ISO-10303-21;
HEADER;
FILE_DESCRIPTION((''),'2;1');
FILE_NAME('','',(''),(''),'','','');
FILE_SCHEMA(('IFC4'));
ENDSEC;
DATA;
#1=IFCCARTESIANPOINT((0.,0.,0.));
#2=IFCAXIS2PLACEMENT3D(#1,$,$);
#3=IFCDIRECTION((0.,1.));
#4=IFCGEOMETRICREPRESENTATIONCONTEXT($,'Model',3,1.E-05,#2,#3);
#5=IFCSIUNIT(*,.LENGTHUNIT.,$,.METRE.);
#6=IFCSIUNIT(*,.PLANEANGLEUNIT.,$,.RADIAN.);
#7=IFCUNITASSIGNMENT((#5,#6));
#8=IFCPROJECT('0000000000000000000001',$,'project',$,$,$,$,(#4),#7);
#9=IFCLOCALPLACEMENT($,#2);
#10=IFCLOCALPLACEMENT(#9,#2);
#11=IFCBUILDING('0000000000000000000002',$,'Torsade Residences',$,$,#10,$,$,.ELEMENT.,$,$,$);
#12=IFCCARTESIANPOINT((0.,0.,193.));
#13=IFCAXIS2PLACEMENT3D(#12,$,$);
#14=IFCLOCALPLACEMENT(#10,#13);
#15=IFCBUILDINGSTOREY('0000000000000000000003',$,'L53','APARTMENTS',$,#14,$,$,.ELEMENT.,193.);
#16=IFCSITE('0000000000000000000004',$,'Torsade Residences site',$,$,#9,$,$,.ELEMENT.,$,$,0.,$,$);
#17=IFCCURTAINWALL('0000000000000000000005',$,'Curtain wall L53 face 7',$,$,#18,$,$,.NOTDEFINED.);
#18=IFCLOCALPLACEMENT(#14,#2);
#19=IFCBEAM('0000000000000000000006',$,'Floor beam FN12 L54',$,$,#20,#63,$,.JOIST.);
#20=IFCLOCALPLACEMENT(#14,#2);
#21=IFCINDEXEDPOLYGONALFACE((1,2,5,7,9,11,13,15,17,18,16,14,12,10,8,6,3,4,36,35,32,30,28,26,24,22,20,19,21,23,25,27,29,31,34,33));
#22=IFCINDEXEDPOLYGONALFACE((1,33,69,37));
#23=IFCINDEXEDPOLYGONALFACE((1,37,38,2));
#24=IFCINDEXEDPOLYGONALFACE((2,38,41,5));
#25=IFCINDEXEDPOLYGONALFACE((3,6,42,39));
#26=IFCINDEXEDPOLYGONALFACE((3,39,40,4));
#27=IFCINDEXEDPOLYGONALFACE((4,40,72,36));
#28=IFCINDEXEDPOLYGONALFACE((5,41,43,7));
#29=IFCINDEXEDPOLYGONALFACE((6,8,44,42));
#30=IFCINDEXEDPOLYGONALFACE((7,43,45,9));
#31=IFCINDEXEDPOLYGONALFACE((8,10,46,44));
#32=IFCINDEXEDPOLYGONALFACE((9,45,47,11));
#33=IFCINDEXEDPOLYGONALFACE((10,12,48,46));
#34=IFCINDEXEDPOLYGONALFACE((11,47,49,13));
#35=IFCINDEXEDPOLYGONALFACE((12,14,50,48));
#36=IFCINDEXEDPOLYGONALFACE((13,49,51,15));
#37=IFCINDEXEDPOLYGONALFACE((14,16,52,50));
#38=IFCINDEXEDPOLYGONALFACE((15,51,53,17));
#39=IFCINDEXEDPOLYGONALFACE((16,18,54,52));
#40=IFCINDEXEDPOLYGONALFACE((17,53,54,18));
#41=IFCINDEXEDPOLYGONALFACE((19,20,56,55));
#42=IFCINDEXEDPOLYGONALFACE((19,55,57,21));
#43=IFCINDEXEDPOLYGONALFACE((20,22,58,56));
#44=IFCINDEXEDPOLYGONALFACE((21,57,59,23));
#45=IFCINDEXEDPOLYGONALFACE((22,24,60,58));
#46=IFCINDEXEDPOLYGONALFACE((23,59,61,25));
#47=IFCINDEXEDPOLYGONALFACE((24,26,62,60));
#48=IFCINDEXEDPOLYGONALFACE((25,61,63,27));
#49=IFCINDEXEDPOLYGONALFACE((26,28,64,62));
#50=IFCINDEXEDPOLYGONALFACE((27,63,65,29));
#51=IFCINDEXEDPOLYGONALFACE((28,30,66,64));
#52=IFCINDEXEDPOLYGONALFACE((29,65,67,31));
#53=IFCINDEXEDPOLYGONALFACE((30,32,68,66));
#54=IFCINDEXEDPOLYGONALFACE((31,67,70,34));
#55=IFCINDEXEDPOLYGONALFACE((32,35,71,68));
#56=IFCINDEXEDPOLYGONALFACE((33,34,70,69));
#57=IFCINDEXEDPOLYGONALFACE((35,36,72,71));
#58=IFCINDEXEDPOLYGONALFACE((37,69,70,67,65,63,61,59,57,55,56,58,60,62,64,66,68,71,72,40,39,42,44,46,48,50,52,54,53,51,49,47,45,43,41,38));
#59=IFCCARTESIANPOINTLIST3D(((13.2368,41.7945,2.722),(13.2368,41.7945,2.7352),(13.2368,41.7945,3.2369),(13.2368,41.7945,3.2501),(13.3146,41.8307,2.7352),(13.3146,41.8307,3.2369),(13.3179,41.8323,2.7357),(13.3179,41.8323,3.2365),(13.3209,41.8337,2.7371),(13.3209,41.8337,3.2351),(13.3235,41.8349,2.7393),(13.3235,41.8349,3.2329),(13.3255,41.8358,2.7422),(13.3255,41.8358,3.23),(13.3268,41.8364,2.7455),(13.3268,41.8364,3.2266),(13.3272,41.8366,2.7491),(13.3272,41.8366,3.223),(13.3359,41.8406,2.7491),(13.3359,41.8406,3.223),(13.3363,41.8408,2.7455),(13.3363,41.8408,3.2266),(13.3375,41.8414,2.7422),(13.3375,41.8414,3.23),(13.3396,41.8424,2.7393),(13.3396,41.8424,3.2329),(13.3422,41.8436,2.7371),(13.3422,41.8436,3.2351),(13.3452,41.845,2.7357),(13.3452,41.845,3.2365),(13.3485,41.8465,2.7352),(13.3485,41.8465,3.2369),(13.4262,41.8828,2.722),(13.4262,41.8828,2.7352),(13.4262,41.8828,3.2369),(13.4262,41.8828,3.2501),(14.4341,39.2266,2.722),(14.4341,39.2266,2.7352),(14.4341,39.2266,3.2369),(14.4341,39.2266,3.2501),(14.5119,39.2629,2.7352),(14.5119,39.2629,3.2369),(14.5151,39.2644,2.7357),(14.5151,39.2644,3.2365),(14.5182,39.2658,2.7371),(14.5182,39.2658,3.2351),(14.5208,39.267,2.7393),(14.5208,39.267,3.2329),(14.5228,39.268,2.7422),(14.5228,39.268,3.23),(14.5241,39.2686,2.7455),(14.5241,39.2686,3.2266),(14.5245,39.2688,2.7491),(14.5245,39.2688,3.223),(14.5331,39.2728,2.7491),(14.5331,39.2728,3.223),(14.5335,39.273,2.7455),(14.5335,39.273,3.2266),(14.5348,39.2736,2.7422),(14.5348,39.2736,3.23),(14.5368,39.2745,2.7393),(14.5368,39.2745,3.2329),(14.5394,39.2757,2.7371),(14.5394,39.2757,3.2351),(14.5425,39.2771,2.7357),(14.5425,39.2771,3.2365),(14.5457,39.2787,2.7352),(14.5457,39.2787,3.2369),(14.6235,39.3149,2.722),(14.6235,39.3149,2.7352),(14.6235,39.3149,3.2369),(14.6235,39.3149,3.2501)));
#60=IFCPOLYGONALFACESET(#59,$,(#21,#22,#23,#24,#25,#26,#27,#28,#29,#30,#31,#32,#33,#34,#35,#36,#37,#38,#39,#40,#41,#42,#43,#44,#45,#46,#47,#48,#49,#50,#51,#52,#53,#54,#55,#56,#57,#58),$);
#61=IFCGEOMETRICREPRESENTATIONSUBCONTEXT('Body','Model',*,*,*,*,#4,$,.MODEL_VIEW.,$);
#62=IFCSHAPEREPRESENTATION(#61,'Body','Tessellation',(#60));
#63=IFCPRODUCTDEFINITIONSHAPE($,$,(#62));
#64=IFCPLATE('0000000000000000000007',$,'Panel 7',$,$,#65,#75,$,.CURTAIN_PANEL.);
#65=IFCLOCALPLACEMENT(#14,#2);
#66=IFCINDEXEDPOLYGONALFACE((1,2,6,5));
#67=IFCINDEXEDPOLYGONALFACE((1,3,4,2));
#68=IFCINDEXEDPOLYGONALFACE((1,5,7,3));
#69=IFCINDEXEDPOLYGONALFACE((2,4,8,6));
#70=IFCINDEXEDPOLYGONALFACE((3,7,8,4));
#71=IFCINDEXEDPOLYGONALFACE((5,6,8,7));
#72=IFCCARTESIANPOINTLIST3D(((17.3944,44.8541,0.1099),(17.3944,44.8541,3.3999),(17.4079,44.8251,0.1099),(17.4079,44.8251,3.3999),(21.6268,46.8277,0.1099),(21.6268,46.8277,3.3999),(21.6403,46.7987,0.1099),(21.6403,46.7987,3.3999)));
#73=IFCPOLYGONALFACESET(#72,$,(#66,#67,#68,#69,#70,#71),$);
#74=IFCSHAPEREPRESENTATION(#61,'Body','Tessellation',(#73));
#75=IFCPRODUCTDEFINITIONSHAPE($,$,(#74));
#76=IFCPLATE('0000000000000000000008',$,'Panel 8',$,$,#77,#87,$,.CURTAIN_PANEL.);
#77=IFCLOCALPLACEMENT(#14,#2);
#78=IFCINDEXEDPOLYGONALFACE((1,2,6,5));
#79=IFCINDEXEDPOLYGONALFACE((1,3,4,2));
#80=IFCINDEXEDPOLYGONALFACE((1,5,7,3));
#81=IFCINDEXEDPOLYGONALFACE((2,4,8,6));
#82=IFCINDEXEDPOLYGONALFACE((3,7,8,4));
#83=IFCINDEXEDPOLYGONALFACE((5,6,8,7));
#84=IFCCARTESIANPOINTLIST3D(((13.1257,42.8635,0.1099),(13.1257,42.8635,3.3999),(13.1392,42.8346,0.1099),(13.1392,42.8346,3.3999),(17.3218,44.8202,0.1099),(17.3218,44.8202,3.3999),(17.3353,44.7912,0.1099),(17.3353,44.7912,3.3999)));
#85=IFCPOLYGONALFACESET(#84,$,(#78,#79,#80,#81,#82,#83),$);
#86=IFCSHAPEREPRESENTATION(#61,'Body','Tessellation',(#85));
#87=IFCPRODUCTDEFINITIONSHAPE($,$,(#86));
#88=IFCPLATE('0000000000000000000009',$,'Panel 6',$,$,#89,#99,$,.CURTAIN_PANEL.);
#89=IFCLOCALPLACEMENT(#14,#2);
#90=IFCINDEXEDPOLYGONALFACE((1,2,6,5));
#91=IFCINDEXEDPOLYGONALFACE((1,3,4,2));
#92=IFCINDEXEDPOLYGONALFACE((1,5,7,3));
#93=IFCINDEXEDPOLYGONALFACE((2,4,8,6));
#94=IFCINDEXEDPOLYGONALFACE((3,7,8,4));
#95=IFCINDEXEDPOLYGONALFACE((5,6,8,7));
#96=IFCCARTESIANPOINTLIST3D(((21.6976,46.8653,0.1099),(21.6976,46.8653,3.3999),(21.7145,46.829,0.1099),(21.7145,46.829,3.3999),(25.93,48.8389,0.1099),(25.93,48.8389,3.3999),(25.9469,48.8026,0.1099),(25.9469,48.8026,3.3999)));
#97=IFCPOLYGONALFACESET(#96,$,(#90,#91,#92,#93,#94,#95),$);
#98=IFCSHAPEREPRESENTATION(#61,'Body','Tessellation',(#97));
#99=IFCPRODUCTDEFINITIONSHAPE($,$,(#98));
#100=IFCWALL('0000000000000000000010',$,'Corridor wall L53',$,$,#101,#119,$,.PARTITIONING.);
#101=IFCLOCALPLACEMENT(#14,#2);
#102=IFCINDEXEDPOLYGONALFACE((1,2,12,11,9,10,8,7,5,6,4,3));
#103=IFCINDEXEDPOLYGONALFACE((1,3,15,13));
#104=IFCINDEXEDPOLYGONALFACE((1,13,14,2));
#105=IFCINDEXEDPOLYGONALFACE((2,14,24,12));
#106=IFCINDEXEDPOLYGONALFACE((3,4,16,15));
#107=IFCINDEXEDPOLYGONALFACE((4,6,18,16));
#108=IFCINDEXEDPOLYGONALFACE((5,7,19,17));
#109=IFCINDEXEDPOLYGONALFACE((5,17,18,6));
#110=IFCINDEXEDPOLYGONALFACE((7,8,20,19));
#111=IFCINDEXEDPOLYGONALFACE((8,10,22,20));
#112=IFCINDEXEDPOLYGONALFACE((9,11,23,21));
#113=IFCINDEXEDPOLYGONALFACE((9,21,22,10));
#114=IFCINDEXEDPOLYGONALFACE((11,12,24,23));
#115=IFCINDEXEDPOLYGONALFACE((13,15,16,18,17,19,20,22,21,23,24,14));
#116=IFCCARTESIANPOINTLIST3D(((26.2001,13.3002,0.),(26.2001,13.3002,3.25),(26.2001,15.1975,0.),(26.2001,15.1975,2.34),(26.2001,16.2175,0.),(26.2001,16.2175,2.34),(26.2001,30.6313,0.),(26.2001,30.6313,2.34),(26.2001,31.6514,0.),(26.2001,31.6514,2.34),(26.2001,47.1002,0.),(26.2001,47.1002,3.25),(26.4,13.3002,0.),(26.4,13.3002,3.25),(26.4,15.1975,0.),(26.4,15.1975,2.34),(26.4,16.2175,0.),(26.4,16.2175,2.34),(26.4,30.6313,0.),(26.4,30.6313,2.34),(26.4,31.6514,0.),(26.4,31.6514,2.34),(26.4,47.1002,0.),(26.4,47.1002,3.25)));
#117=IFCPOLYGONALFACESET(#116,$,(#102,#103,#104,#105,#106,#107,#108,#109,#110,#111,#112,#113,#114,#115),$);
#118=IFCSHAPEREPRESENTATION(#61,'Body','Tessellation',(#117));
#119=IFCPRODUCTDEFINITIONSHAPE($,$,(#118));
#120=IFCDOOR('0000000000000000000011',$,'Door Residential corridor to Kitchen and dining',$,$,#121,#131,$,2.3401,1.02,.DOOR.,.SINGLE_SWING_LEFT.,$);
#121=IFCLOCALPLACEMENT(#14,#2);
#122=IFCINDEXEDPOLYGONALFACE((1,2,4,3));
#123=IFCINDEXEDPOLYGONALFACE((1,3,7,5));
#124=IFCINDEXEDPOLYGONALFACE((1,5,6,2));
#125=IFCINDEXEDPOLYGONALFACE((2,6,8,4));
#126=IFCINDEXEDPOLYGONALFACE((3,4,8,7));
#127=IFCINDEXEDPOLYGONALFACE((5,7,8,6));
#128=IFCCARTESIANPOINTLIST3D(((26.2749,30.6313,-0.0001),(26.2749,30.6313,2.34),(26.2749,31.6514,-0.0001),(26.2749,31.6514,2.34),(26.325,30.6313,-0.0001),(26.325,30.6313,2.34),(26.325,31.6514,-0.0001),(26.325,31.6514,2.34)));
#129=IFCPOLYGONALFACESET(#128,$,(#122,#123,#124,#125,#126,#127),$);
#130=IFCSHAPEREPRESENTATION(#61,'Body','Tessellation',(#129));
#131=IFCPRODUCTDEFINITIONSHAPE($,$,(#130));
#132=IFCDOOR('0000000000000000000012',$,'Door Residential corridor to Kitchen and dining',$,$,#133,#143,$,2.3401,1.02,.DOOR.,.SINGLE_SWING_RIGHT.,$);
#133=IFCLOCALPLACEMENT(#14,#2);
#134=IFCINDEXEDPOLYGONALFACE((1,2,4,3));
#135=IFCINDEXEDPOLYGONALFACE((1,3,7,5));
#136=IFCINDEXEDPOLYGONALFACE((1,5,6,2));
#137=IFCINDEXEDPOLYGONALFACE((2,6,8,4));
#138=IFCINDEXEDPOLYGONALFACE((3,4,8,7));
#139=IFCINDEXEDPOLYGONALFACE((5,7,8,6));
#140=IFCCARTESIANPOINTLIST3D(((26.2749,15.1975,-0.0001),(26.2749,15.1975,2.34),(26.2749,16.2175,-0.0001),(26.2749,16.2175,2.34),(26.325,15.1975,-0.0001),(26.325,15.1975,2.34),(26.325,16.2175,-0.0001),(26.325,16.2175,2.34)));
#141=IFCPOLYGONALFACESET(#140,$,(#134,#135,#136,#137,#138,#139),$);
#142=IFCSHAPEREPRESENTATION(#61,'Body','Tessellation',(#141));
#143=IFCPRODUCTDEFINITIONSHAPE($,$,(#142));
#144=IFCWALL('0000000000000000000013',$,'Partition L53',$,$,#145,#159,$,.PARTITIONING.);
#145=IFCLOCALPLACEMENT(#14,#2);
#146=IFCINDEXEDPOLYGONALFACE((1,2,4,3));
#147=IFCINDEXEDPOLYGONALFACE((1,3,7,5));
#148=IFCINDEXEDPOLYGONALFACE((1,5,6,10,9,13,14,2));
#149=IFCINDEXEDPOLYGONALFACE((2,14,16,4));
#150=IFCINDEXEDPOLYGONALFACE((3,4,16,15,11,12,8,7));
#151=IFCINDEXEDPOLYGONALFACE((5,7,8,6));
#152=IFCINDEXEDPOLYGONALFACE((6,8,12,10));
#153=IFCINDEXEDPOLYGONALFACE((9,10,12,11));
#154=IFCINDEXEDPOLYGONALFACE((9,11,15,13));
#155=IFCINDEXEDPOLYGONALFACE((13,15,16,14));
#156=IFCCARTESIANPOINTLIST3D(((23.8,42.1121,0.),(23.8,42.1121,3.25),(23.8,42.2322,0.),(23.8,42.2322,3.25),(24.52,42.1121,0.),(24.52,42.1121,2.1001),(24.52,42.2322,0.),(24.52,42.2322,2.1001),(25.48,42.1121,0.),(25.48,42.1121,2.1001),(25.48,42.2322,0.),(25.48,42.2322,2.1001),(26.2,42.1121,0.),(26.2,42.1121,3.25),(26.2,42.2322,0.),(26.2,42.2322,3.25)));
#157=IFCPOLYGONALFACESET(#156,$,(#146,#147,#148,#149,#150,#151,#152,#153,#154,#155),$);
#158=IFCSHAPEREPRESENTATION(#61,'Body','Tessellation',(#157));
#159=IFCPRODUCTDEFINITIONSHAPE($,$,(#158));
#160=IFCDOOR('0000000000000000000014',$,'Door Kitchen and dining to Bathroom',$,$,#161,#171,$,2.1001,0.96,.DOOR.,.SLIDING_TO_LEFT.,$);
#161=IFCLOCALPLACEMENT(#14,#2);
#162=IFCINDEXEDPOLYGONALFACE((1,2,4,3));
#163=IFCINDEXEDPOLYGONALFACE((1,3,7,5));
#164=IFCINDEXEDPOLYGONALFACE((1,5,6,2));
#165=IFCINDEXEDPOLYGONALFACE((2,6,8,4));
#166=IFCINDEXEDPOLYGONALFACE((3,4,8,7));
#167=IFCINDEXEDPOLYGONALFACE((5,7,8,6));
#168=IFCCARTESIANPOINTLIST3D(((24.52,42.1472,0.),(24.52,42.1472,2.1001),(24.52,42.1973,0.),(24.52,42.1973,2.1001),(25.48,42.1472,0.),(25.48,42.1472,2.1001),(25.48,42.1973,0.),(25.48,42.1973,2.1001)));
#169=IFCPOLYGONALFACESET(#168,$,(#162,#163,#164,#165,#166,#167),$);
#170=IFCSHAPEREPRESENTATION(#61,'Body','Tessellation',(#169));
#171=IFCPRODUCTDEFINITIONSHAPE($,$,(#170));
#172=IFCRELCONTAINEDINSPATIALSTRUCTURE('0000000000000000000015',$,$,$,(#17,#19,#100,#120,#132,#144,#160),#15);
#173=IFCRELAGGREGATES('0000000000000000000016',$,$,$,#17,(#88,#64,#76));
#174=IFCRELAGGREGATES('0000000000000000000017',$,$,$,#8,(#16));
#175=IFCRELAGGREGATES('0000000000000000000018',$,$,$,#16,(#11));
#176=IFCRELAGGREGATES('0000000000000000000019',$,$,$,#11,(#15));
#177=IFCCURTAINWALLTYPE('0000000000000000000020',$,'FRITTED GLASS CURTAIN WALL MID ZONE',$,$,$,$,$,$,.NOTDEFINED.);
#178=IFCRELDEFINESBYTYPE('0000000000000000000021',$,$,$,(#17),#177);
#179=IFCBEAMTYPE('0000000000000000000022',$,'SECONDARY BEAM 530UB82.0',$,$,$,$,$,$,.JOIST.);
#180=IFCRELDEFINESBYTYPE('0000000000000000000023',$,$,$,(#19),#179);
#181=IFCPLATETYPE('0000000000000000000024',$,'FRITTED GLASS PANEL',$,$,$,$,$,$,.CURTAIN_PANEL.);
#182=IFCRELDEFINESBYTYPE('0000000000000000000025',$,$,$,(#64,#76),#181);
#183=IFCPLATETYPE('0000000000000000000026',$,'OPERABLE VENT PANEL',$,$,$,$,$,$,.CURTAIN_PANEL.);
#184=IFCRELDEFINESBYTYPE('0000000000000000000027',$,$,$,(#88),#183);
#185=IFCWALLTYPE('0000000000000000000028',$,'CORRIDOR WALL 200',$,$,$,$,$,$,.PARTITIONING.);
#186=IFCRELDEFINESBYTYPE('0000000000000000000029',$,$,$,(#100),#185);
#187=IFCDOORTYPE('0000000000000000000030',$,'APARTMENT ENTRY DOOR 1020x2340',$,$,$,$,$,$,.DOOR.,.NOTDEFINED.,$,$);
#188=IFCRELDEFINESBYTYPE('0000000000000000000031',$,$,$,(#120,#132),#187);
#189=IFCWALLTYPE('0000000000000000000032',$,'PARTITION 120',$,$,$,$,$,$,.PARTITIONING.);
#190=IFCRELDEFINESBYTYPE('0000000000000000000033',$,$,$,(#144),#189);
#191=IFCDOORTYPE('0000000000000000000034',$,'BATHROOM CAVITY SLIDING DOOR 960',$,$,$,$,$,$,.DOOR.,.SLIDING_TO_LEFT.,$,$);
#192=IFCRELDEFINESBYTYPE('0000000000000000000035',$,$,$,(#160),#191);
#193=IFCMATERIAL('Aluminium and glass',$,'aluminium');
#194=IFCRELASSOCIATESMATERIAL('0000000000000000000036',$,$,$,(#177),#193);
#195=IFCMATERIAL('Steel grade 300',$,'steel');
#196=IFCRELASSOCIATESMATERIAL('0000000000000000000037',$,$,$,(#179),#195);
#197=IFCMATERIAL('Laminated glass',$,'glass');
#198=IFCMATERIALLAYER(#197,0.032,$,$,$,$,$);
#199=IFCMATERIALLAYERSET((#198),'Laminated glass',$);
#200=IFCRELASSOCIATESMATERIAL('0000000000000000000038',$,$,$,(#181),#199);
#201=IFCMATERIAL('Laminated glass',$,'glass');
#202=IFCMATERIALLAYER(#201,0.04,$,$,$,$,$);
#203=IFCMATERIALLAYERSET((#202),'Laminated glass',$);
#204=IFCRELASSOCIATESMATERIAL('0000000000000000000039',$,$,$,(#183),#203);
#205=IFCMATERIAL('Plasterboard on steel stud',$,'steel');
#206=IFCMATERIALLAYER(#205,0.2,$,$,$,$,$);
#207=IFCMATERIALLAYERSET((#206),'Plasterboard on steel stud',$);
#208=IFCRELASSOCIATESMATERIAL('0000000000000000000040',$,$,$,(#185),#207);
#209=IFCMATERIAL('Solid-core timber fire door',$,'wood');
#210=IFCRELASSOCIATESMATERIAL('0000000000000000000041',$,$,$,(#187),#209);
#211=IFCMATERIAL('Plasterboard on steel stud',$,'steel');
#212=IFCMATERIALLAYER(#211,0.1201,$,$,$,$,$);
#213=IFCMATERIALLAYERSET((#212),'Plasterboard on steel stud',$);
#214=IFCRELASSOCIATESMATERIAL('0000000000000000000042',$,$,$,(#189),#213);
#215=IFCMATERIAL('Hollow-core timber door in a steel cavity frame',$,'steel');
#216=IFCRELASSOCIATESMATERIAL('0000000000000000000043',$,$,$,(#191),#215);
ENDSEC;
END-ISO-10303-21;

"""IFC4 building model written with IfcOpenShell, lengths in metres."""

from ifc_helpers import new_model, si_unit, direction, frame, frame_2d, origin, origin_2d, place, context, subcontext, project, spatial, rectangle, i_section, extrude, material, layer, layer_set, material_profile, profile_set, type_object, element, fill, aggregate, save


model = new_model("IFC4")

# Units and contexts
model_context = context("Model", 3, precision=1e-05, world=origin(), true_north=direction((0.0, 1.0)))
body_context = subcontext(model_context, "Body", "Model", "MODEL_VIEW")
ifc_project = project(units=[si_unit("LENGTHUNIT", "METRE"), si_unit("PLANEANGLEUNIT", "RADIAN")], contexts=[model_context])

# Site, building, storey
site_placement = place(None, origin())
site = spatial("IfcSite", under=ifc_project, at=site_placement, Name="Torsade Residences site", CompositionType="ELEMENT", RefElevation=0.0)
building_placement = place(site_placement, origin())
building = spatial("IfcBuilding", under=site, at=building_placement, Name="Torsade Residences", CompositionType="ELEMENT")
storey_placement = place(building_placement, frame((0.0, 0.0, 193.0)))
storey = spatial("IfcBuildingStorey", under=building, at=storey_placement, Name="L53", Description="APARTMENTS", CompositionType="ELEMENT", Elevation=193.0)

# Curtain wall
ifc_material_1 = material(Name="Aluminium and glass", Category="aluminium")
curtain_wall_type = type_object("IfcCurtainWallType", Name="FRITTED GLASS CURTAIN WALL MID ZONE", PredefinedType="NOTDEFINED", material=ifc_material_1)
curtain_wall_placement = place(storey_placement, origin())
curtain_wall = element("IfcCurtainWall", 1, at=curtain_wall_placement, inside=storey, type_object=curtain_wall_type, Name="Curtain wall L53 face 7", PredefinedType="NOTDEFINED")

# Beam
ifc_material_2 = material(Name="Steel grade 300", Category="steel")
ifc_material_profile_1 = material_profile(ifc_material_2, i_section(OverallWidth=0.209, OverallDepth=0.5281, WebThickness=0.0095, FlangeThickness=0.0132, FilletRadius=0.0139, at=origin_2d()), Name="530UB82.0")
ifc_profile_set_1 = profile_set([ifc_material_profile_1], Name="Steel grade 300")
beam_type_1 = type_object("IfcBeamType", Name="SECONDARY BEAM 530UB82.0", PredefinedType="JOIST", material=ifc_profile_set_1)
beam_1_placement = place(storey_placement, frame((13.3315, 41.8386, 2.9861), z_axis=(0.422574, -0.906328, 0.0), x_axis=(0.906328, 0.422574, 0.0)))
element("IfcBeam", 2, at=beam_1_placement, inside=storey, type_object=beam_type_1, Name="Floor beam FN12 L54", PredefinedType="JOIST", context=body_context, shape_type="SweptSolid", body=[
    extrude(i_section(OverallWidth=0.209, OverallDepth=0.5281, WebThickness=0.0095, FlangeThickness=0.0132, FilletRadius=0.0139, at=origin_2d()), origin(), (0.0, 0.0, 1.0), 2.8333),
])

# Plates
ifc_material_3 = material(Name="Laminated glass", Category="glass")
ifc_layer_1 = layer(ifc_material_3, 0.032)
ifc_layer_set_1 = layer_set([ifc_layer_1], Name="Laminated glass")
plate_type_1 = type_object("IfcPlateType", Name="FRITTED GLASS PANEL", PredefinedType="CURTAIN_PANEL", material=ifc_layer_set_1)
plate_1_placement = place(storey_placement, frame((19.5173, 45.8264, 0.1099), z_axis=(0.0, 0.0, 1.0), x_axis=(-0.906308, -0.422618, 0.0)))
plate_1 = element("IfcPlate", 3, at=plate_1_placement, type_object=plate_type_1, Name="Panel 7", PredefinedType="CURTAIN_PANEL", context=body_context, shape_type="SweptSolid", body=[
    extrude(rectangle(XDim=4.6699, YDim=0.032, at=origin_2d()), origin(), (0.0, 0.0, 1.0), 3.29),
])
plate_2_placement = place(storey_placement, frame((15.2305, 43.8274, 0.1099), z_axis=(0.0, 0.0, 1.0), x_axis=(-0.906308, -0.422618, 0.0)))
plate_2 = element("IfcPlate", 4, at=plate_2_placement, type_object=plate_type_1, Name="Panel 8", PredefinedType="CURTAIN_PANEL", context=body_context, shape_type="SweptSolid", body=[
    extrude(rectangle(XDim=4.6299, YDim=0.032, at=origin_2d()), origin(), (0.0, 0.0, 1.0), 3.29),
])
ifc_material_4 = material(Name="Laminated glass", Category="glass")
ifc_layer_2 = layer(ifc_material_4, 0.04)
ifc_layer_set_2 = layer_set([ifc_layer_2], Name="Laminated glass")
plate_type_2 = type_object("IfcPlateType", Name="OPERABLE VENT PANEL", PredefinedType="CURTAIN_PANEL", material=ifc_layer_set_2)
plate_3_placement = place(storey_placement, frame((23.8223, 47.834, 0.1099), z_axis=(0.0, 0.0, 1.0), x_axis=(-0.906308, -0.422618, 0.0)))
plate_3 = element("IfcPlate", 5, at=plate_3_placement, type_object=plate_type_2, Name="Panel 6", PredefinedType="CURTAIN_PANEL", context=body_context, shape_type="SweptSolid", body=[
    extrude(rectangle(XDim=4.6699, YDim=0.04, at=origin_2d()), origin(), (0.0, 0.0, 1.0), 3.29),
])
aggregate(curtain_wall, [plate_3, plate_1, plate_2])

# Wall, openings, doors
ifc_material_5 = material(Name="Plasterboard on steel stud", Category="steel")
ifc_layer_3 = layer(ifc_material_5, 0.2)
ifc_layer_set_3 = layer_set([ifc_layer_3], Name="Plasterboard on steel stud")
wall_type_1 = type_object("IfcWallType", Name="CORRIDOR WALL 200", PredefinedType="PARTITIONING", material=ifc_layer_set_3)
wall_1_placement = place(storey_placement, frame((26.3, 47.1001, 0.0), z_axis=(0.0, 0.0, 1.0), x_axis=(0.0, -1.0, 0.0)))
wall_1 = element("IfcWall", 6, at=wall_1_placement, inside=storey, type_object=wall_type_1, Name="Corridor wall L53", PredefinedType="PARTITIONING", context=body_context, shape_type="SweptSolid", body=[
    extrude(rectangle(XDim=33.8, YDim=0.2, at=frame_2d((16.8999, 0.0))), origin(), (0.0, 0.0, 1.0), 3.25),
])
opening_1_placement = place(wall_1_placement, frame((15.4487, 0.0, 0.0)))
opening_1 = element("IfcOpeningElement", 7, at=opening_1_placement, cuts=wall_1, PredefinedType="OPENING", context=body_context, shape_type="SweptSolid", body=[
    extrude(rectangle(XDim=1.02, YDim=2.3401, at=frame_2d((0.51, 1.1699))), frame((0.0, 0.1099, 0.0), z_axis=(0.0, -1.0, 0.0), x_axis=(1.0, 0.0, 0.0)), (0.0, 0.0, 1.0), 0.22),
])
opening_2_placement = place(wall_1_placement, frame((30.8826, 0.0, 0.0)))
opening_2 = element("IfcOpeningElement", 8, at=opening_2_placement, cuts=wall_1, PredefinedType="OPENING", context=body_context, shape_type="SweptSolid", body=[
    extrude(rectangle(XDim=1.02, YDim=2.3401, at=frame_2d((0.51, 1.1699))), frame((0.0, 0.1099, 0.0), z_axis=(0.0, -1.0, 0.0), x_axis=(1.0, 0.0, 0.0)), (0.0, 0.0, 1.0), 0.22),
])
ifc_material_6 = material(Name="Solid-core timber fire door", Category="wood")
door_type_1 = type_object("IfcDoorType", Name="APARTMENT ENTRY DOOR 1020x2340", OperationType="NOTDEFINED", PredefinedType="DOOR", material=ifc_material_6)
door_1_placement = place(opening_1_placement, origin())
door_1 = element("IfcDoor", 9, at=door_1_placement, inside=storey, type_object=door_type_1, Name="Door Residential corridor to Kitchen and dining", OperationType="SINGLE_SWING_LEFT", OverallHeight=2.3401, OverallWidth=1.02, PredefinedType="DOOR", context=body_context, shape_type="SweptSolid", body=[
    extrude(rectangle(XDim=1.02, YDim=2.3401, at=frame_2d((0.51, 1.1699))), frame((0.0, 0.0249, 0.0), z_axis=(0.0, -1.0, 0.0), x_axis=(1.0, 0.0, 0.0)), (0.0, 0.0, 1.0), 0.05),
])
fill(opening_1, door_1)
door_2_placement = place(opening_2_placement, origin())
door_2 = element("IfcDoor", 10, at=door_2_placement, inside=storey, type_object=door_type_1, Name="Door Residential corridor to Kitchen and dining", OperationType="SINGLE_SWING_RIGHT", OverallHeight=2.3401, OverallWidth=1.02, PredefinedType="DOOR", context=body_context, shape_type="SweptSolid", body=[
    extrude(rectangle(XDim=1.02, YDim=2.3401, at=frame_2d((0.51, 1.1699))), frame((0.0, 0.0249, 0.0), z_axis=(0.0, -1.0, 0.0), x_axis=(1.0, 0.0, 0.0)), (0.0, 0.0, 1.0), 0.05),
])
fill(opening_2, door_2)

# Wall, opening, door
ifc_material_7 = material(Name="Plasterboard on steel stud", Category="steel")
ifc_layer_4 = layer(ifc_material_7, 0.1201)
ifc_layer_set_4 = layer_set([ifc_layer_4], Name="Plasterboard on steel stud")
wall_type_2 = type_object("IfcWallType", Name="PARTITION 120", PredefinedType="PARTITIONING", material=ifc_layer_set_4)
wall_2_placement = place(storey_placement, frame((26.2, 42.1721, 0.0), z_axis=(0.0, 0.0, 1.0), x_axis=(-1.0, 0.0, 0.0)))
wall_2 = element("IfcWall", 11, at=wall_2_placement, inside=storey, type_object=wall_type_2, Name="Partition L53", PredefinedType="PARTITIONING", context=body_context, shape_type="SweptSolid", body=[
    extrude(rectangle(XDim=2.3999, YDim=0.1201, at=frame_2d((1.2, 0.0))), origin(), (0.0, 0.0, 1.0), 3.25),
])
opening_3_placement = place(wall_2_placement, frame((0.72, 0.0, 0.0)))
opening_3 = element("IfcOpeningElement", 12, at=opening_3_placement, cuts=wall_2, PredefinedType="OPENING", context=body_context, shape_type="SweptSolid", body=[
    extrude(rectangle(XDim=0.96, YDim=2.1001, at=frame_2d((0.48, 1.05))), frame((0.0, 0.0701, 0.0), z_axis=(0.0, -1.0, 0.0), x_axis=(1.0, 0.0, 0.0)), (0.0, 0.0, 1.0), 0.1401),
])
ifc_material_8 = material(Name="Hollow-core timber door in a steel cavity frame", Category="steel")
door_type_2 = type_object("IfcDoorType", Name="BATHROOM CAVITY SLIDING DOOR 960", OperationType="SLIDING_TO_LEFT", PredefinedType="DOOR", material=ifc_material_8)
door_3_placement = place(opening_3_placement, origin())
door_3 = element("IfcDoor", 13, at=door_3_placement, inside=storey, type_object=door_type_2, Name="Door Kitchen and dining to Bathroom", OperationType="SLIDING_TO_LEFT", OverallHeight=2.1001, OverallWidth=0.96, PredefinedType="DOOR", context=body_context, shape_type="SweptSolid", body=[
    extrude(rectangle(XDim=0.96, YDim=2.1001, at=frame_2d((0.48, 1.05))), frame((0.0, 0.0249, 0.0), z_axis=(0.0, -1.0, 0.0), x_axis=(1.0, 0.0, 0.0)), (0.0, 0.0, 1.0), 0.05),
])
fill(opening_3, door_3)

save(model, "model.ifc")
